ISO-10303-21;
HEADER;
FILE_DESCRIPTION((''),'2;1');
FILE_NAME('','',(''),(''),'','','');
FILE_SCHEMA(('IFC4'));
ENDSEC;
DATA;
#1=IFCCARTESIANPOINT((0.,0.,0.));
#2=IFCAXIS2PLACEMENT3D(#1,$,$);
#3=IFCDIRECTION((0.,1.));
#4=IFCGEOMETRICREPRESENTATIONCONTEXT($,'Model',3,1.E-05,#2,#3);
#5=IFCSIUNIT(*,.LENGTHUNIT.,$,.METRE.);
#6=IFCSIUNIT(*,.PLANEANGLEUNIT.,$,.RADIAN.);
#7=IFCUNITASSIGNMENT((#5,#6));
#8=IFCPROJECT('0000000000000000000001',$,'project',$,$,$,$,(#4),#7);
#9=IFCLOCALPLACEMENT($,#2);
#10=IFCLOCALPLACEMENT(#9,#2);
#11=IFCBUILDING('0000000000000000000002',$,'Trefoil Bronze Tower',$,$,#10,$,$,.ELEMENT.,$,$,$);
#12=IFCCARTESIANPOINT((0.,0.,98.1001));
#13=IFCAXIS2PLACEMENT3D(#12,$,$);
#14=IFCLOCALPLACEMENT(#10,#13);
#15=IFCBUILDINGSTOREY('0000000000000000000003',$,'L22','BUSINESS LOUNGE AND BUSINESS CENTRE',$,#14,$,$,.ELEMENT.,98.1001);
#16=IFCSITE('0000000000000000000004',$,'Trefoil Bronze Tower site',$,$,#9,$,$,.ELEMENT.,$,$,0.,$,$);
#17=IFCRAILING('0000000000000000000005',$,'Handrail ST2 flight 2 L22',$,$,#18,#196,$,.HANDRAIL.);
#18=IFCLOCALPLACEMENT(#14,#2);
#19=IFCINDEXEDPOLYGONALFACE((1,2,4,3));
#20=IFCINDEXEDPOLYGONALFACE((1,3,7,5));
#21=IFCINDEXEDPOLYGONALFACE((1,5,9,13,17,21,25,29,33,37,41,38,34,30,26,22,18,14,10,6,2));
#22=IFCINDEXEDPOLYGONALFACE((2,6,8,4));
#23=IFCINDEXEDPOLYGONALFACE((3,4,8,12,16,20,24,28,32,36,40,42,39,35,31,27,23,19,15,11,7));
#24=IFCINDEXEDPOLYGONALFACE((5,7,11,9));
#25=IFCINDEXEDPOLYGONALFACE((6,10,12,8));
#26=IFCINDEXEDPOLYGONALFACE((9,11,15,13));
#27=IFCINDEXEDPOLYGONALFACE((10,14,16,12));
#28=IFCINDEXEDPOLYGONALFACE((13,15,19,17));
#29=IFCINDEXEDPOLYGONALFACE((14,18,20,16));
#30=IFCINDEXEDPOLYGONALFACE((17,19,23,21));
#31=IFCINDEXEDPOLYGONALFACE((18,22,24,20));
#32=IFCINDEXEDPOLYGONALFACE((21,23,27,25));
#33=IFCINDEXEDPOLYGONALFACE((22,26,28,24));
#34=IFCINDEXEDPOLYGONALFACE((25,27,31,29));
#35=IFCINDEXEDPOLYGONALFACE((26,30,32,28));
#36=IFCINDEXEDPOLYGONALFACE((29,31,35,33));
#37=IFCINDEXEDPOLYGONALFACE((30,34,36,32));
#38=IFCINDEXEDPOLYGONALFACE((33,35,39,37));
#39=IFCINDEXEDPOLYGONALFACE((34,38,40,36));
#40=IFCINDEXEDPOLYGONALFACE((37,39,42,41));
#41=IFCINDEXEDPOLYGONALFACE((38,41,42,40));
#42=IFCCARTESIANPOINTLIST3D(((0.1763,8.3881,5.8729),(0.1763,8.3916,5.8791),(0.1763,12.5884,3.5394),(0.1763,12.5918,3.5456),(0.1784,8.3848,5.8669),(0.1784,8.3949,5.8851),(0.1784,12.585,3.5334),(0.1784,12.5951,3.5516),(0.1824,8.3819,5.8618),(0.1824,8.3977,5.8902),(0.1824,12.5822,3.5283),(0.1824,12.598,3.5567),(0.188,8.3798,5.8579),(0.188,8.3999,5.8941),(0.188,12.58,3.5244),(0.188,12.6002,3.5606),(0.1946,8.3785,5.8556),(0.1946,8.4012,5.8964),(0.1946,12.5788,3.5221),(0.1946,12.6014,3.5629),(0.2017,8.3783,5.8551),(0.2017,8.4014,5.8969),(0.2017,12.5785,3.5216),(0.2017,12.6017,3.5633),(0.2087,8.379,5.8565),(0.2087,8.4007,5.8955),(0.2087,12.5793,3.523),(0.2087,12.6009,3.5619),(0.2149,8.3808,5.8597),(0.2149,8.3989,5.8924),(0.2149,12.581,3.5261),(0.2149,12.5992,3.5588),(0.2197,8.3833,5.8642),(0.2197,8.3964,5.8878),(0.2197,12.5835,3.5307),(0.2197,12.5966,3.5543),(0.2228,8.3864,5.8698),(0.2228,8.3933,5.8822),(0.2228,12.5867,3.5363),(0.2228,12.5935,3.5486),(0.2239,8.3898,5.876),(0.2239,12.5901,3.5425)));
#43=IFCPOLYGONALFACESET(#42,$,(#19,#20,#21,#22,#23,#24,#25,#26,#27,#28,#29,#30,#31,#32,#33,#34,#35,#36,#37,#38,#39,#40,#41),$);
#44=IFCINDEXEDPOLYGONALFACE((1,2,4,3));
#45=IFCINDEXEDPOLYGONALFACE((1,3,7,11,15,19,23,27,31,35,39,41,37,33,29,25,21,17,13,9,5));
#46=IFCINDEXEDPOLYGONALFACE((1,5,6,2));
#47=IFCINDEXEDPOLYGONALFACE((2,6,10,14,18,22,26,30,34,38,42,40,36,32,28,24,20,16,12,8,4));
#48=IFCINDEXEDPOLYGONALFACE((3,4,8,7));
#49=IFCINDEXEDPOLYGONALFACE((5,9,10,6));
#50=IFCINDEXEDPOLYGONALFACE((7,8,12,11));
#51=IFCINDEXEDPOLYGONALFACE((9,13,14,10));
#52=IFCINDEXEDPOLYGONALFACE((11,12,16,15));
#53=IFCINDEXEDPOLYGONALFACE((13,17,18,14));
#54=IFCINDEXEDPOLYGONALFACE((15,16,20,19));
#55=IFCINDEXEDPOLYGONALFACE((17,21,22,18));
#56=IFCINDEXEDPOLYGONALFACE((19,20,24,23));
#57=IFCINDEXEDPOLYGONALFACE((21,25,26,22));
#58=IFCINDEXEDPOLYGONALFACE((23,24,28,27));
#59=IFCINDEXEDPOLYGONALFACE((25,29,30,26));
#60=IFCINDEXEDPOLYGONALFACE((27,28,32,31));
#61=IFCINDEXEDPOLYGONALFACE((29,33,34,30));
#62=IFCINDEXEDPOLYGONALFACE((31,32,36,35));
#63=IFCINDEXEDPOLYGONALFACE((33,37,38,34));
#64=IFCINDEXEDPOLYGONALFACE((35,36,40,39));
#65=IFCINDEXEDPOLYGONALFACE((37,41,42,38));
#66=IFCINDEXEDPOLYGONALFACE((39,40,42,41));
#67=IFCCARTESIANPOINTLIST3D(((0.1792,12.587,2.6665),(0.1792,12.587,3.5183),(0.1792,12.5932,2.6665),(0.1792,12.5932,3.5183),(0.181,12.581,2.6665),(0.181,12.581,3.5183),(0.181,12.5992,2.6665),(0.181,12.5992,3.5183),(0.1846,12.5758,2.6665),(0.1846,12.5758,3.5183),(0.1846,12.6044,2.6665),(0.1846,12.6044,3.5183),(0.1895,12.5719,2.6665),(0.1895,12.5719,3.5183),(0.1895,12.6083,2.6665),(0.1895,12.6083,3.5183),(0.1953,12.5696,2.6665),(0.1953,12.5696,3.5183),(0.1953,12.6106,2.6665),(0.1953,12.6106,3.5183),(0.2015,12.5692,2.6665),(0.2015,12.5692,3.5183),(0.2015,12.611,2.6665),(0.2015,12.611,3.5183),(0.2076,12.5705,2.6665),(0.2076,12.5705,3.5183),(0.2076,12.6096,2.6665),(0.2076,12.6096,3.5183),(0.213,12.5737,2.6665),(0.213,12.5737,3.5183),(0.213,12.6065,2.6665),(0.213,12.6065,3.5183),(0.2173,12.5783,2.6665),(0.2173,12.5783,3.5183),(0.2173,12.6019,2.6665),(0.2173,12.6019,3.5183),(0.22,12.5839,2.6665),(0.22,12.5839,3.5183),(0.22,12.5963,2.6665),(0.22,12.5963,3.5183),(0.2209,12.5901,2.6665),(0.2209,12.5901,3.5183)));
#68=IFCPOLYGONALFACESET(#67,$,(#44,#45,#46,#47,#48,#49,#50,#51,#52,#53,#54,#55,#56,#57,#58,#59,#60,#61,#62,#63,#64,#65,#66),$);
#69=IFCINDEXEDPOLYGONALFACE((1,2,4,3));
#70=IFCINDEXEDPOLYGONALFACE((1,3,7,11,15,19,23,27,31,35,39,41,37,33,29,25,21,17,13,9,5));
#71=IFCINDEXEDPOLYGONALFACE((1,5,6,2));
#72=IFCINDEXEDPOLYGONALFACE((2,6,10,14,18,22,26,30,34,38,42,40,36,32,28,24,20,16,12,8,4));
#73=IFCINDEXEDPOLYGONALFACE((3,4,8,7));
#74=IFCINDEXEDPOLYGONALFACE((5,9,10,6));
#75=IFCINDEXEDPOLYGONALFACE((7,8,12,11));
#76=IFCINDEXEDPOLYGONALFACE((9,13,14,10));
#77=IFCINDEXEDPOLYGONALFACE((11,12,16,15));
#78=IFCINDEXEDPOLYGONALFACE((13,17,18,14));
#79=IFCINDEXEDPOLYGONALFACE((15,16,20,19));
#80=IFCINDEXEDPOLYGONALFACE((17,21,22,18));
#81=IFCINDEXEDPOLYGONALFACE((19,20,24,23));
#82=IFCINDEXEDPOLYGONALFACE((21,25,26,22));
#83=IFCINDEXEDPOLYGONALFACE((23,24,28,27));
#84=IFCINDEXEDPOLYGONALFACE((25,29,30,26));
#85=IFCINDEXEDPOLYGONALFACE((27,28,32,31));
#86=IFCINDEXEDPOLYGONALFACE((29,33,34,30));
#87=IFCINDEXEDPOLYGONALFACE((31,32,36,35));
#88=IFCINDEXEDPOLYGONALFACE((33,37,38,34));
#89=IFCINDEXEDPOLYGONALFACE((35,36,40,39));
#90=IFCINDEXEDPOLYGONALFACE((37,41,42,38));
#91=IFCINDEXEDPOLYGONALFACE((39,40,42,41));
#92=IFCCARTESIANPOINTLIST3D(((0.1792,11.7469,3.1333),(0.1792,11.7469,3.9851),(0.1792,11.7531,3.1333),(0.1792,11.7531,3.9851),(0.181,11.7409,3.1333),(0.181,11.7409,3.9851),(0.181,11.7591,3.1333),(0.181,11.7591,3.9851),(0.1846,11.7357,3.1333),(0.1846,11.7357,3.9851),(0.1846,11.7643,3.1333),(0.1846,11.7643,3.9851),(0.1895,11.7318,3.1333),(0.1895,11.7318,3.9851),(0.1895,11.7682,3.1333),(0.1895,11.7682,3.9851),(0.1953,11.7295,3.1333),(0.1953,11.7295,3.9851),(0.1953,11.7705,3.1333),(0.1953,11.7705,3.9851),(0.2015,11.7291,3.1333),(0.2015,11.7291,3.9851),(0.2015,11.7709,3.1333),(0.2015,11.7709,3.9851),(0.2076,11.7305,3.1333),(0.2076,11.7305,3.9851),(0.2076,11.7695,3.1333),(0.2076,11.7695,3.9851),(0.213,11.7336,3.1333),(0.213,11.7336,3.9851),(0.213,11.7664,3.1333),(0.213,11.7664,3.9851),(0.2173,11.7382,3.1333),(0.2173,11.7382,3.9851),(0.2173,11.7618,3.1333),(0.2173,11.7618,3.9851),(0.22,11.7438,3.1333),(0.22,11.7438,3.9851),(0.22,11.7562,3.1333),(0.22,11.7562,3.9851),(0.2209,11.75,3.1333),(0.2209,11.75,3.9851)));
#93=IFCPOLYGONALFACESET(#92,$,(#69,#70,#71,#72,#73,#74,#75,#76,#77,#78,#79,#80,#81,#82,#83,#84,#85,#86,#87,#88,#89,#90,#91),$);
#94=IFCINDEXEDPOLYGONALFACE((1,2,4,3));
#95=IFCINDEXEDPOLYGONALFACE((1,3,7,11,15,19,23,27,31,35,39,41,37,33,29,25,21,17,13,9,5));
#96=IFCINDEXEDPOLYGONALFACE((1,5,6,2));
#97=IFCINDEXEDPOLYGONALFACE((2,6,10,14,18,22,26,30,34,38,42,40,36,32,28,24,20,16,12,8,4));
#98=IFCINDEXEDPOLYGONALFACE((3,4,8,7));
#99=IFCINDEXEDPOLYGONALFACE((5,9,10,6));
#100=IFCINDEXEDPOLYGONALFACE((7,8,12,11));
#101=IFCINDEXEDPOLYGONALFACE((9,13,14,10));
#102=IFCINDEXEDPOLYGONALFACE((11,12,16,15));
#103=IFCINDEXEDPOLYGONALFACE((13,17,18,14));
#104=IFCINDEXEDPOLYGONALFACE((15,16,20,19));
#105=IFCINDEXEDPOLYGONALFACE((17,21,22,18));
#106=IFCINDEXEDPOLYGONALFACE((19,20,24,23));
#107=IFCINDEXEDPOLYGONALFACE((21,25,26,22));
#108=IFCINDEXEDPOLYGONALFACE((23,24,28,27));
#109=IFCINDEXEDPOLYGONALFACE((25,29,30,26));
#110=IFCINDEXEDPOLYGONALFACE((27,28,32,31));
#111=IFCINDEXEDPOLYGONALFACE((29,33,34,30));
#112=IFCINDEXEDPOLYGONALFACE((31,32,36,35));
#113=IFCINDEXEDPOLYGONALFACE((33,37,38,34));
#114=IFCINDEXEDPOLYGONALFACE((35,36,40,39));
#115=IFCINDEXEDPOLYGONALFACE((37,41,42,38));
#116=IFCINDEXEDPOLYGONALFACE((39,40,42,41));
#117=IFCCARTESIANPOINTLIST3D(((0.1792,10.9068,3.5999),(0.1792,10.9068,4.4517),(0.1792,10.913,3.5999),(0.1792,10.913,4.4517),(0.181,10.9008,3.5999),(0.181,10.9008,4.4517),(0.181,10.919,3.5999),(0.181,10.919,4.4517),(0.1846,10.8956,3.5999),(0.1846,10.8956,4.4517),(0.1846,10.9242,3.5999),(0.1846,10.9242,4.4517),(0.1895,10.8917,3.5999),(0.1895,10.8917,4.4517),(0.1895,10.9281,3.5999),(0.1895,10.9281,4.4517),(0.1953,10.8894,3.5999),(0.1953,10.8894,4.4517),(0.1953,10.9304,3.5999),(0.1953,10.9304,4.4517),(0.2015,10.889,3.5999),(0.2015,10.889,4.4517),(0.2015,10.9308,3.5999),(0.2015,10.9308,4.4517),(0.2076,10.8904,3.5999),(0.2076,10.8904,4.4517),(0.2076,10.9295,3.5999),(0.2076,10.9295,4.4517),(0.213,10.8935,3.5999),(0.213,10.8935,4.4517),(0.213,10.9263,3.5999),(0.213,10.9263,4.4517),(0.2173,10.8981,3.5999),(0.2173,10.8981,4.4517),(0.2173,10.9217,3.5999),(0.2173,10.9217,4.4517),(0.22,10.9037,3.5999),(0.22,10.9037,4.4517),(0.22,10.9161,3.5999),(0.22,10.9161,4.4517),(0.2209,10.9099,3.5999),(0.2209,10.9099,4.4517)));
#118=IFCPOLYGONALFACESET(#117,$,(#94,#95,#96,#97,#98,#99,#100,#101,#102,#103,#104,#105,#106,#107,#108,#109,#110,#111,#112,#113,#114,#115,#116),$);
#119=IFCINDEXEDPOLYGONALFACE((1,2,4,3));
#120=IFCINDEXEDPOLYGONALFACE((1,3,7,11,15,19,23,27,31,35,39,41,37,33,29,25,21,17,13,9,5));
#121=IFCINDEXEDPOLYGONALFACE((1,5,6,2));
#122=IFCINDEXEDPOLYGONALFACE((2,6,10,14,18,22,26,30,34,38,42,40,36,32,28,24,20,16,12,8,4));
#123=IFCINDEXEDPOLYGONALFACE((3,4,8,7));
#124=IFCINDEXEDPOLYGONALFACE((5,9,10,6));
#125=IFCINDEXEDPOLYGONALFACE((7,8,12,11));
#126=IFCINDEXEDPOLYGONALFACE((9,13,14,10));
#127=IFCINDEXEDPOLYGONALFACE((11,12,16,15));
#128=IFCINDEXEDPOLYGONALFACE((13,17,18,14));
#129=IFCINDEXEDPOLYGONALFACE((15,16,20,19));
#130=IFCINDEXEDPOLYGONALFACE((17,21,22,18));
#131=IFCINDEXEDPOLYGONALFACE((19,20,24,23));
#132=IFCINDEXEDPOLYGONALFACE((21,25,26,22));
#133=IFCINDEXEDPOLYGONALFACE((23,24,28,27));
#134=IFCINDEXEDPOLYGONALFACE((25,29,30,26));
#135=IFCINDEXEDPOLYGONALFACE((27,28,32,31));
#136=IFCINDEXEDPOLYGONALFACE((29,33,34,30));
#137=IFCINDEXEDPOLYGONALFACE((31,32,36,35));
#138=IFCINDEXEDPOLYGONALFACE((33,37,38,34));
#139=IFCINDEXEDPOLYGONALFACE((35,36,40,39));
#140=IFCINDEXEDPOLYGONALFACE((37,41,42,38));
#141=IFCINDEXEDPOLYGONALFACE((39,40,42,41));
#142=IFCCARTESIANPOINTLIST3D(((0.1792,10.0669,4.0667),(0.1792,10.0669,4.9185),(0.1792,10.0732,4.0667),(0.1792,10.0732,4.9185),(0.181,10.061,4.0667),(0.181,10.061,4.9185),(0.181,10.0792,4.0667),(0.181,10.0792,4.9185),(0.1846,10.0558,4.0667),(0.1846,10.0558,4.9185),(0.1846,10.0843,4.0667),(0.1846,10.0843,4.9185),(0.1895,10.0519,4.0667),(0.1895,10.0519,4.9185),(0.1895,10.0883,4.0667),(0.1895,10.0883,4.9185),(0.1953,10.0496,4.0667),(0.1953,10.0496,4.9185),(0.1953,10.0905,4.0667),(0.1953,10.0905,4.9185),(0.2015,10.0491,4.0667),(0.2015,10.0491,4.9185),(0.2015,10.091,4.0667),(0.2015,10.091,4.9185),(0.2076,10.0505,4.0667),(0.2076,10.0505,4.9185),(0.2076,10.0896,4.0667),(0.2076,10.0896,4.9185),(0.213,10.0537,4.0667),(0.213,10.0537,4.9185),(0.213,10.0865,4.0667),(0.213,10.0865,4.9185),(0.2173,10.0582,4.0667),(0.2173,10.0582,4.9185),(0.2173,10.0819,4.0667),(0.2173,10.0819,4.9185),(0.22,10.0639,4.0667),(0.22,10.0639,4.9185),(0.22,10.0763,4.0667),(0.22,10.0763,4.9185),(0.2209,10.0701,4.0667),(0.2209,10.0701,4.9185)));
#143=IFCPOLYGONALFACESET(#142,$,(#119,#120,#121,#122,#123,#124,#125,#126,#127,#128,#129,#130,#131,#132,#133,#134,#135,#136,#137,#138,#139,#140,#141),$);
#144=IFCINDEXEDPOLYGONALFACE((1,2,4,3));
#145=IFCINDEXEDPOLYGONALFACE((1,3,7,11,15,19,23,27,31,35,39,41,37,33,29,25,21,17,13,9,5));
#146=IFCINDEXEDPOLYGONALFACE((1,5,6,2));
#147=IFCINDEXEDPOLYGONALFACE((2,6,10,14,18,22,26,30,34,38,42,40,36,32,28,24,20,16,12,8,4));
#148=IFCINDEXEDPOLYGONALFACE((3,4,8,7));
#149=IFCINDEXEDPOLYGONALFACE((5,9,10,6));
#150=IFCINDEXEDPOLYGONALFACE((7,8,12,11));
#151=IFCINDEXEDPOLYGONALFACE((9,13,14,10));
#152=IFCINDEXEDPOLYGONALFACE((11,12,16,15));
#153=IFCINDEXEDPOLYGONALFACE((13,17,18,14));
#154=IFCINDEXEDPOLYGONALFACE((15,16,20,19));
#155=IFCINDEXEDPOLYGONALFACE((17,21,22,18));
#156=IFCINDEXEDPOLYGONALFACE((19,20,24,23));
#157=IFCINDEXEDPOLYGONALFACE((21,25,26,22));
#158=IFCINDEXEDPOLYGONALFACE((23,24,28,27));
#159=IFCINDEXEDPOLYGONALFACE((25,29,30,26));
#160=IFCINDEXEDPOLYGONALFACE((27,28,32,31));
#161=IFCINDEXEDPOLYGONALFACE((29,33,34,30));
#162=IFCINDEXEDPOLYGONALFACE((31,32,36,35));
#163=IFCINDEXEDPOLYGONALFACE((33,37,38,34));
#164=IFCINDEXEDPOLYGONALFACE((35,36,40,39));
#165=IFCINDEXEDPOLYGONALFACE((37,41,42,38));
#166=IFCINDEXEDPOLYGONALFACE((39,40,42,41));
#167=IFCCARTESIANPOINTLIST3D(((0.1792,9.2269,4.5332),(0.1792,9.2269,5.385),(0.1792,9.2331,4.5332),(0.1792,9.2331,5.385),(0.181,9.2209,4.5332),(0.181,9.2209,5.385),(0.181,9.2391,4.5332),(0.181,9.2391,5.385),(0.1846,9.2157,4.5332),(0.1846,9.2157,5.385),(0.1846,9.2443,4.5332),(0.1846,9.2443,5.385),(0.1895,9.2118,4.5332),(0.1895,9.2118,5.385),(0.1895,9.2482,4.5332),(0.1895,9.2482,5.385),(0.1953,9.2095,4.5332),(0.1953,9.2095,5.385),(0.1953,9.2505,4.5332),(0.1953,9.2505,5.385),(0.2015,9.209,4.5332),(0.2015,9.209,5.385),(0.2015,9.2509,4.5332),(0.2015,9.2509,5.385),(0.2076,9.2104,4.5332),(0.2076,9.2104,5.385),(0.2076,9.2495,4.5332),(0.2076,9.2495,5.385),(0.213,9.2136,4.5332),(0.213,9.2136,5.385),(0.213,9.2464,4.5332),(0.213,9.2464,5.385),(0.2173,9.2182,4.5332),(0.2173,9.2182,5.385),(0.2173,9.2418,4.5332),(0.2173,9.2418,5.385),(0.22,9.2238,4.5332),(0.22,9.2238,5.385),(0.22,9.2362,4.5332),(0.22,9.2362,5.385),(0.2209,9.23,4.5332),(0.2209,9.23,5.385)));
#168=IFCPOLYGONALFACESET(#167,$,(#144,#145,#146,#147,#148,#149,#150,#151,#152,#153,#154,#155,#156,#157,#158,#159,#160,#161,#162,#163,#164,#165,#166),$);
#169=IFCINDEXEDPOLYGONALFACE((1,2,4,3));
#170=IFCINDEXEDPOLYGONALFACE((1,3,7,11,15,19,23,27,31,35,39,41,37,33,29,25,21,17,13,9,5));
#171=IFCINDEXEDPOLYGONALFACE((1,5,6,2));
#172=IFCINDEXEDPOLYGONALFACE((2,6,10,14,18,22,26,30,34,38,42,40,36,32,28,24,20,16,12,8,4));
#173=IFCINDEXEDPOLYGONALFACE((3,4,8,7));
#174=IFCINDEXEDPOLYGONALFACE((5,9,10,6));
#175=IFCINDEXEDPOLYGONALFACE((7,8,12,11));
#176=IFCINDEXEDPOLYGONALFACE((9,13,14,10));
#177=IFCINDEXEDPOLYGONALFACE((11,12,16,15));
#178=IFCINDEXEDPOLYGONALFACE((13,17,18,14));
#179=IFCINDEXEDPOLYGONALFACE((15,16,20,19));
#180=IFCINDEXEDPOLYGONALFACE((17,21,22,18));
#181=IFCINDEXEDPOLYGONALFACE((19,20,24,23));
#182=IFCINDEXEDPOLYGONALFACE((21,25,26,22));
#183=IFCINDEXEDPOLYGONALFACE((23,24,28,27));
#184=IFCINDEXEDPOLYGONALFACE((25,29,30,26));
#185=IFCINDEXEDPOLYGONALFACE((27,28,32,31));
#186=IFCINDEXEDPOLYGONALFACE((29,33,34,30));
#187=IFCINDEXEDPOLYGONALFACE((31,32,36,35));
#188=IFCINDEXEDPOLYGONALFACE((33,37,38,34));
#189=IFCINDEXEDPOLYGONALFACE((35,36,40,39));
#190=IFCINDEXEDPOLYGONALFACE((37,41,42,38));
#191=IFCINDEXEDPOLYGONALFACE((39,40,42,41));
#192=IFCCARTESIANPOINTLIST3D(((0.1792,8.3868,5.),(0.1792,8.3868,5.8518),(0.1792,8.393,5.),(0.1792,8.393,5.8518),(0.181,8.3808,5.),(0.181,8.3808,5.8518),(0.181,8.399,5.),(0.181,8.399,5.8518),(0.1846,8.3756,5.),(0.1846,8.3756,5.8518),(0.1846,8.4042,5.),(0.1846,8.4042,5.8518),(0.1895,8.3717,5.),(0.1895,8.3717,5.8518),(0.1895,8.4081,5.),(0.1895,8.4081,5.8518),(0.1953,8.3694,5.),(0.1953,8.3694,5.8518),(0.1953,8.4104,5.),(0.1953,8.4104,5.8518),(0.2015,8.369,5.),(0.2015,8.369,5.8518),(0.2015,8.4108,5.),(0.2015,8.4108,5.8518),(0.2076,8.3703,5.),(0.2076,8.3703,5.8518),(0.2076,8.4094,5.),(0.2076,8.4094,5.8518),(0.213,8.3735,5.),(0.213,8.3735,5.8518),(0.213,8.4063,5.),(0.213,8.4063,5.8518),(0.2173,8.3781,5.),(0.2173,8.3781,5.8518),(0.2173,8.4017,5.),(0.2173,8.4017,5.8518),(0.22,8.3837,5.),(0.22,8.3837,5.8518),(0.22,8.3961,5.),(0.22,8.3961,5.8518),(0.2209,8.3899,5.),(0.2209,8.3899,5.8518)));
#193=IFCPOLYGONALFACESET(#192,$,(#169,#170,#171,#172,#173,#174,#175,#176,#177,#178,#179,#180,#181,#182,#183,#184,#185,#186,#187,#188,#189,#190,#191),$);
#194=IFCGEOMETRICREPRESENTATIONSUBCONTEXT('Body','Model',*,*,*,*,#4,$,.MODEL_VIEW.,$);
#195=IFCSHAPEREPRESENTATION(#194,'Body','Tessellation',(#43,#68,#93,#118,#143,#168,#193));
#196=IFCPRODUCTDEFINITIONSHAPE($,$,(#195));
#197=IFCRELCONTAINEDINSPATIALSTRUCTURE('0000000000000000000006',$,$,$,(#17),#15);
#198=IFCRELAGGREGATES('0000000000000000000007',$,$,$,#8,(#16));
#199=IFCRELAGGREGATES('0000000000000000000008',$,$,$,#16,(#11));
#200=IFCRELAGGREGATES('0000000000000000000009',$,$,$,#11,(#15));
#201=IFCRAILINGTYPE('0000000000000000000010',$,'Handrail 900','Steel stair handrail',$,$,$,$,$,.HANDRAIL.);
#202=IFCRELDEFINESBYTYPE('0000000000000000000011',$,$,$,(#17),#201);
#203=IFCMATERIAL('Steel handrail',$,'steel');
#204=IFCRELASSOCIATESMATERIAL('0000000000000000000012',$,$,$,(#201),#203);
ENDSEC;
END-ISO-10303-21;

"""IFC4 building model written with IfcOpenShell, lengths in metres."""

from ifc_helpers import new_model, si_unit, direction, frame, origin, origin_2d, place, context, subcontext, project, spatial, circle, extrude, material, type_object, element, save


model = new_model("IFC4")

# Units and contexts
model_context = context("Model", 3, precision=1e-05, world=origin(), true_north=direction((0.0, 1.0)))
body_context = subcontext(model_context, "Body", "Model", "MODEL_VIEW")
ifc_project = project(units=[si_unit("LENGTHUNIT", "METRE"), si_unit("PLANEANGLEUNIT", "RADIAN")], contexts=[model_context])

# Site, building, storey
site_placement = place(None, origin())
site = spatial("IfcSite", under=ifc_project, at=site_placement, Name="Trefoil Bronze Tower site", CompositionType="ELEMENT", RefElevation=0.0)
building_placement = place(site_placement, origin())
building = spatial("IfcBuilding", under=site, at=building_placement, Name="Trefoil Bronze Tower", CompositionType="ELEMENT")
storey_placement = place(building_placement, frame((0.0, 0.0, 98.1001)))
storey = spatial("IfcBuildingStorey", under=building, at=storey_placement, Name="L22", Description="BUSINESS LOUNGE AND BUSINESS CENTRE", CompositionType="ELEMENT", Elevation=98.1001)

# Railing
ifc_material_1 = material(Name="Steel handrail", Category="steel")
railing_type = type_object("IfcRailingType", Name="Handrail 900", Description="Steel stair handrail", PredefinedType="HANDRAIL", material=ifc_material_1)
railing_placement = place(storey_placement, frame((0.2, 12.5901, 2.6665)))
element("IfcRailing", 1, at=railing_placement, inside=storey, type_object=railing_type, Name="Handrail ST2 flight 2 L22", PredefinedType="HANDRAIL", context=body_context, shape_type="SweptSolid", body=[
    extrude(circle(Radius=0.0239, at=origin_2d()), frame((0.0, 0.0, 0.876), z_axis=(0.0, -0.874152, 0.485652), x_axis=(1.0, 0.0, 0.0)), (0.0, 0.0, 1.0), 4.8049),
    extrude(circle(Radius=0.021, at=origin_2d()), origin(), (0.0, 0.0, 1.0), 0.8518),
    extrude(circle(Radius=0.021, at=origin_2d()), frame((0.0, -0.8401, 0.4668)), (0.0, 0.0, 1.0), 0.8518),
    extrude(circle(Radius=0.021, at=origin_2d()), frame((0.0, -1.6802, 0.9333)), (0.0, 0.0, 1.0), 0.8518),
    extrude(circle(Radius=0.021, at=origin_2d()), frame((0.0, -2.52, 1.4001)), (0.0, 0.0, 1.0), 0.8518),
    extrude(circle(Radius=0.021, at=origin_2d()), frame((0.0, -3.3601, 1.8667)), (0.0, 0.0, 1.0), 0.8518),
    extrude(circle(Radius=0.021, at=origin_2d()), frame((0.0, -4.2002, 2.3335)), (0.0, 0.0, 1.0), 0.8518),
])

save(model, "model.ifc")
